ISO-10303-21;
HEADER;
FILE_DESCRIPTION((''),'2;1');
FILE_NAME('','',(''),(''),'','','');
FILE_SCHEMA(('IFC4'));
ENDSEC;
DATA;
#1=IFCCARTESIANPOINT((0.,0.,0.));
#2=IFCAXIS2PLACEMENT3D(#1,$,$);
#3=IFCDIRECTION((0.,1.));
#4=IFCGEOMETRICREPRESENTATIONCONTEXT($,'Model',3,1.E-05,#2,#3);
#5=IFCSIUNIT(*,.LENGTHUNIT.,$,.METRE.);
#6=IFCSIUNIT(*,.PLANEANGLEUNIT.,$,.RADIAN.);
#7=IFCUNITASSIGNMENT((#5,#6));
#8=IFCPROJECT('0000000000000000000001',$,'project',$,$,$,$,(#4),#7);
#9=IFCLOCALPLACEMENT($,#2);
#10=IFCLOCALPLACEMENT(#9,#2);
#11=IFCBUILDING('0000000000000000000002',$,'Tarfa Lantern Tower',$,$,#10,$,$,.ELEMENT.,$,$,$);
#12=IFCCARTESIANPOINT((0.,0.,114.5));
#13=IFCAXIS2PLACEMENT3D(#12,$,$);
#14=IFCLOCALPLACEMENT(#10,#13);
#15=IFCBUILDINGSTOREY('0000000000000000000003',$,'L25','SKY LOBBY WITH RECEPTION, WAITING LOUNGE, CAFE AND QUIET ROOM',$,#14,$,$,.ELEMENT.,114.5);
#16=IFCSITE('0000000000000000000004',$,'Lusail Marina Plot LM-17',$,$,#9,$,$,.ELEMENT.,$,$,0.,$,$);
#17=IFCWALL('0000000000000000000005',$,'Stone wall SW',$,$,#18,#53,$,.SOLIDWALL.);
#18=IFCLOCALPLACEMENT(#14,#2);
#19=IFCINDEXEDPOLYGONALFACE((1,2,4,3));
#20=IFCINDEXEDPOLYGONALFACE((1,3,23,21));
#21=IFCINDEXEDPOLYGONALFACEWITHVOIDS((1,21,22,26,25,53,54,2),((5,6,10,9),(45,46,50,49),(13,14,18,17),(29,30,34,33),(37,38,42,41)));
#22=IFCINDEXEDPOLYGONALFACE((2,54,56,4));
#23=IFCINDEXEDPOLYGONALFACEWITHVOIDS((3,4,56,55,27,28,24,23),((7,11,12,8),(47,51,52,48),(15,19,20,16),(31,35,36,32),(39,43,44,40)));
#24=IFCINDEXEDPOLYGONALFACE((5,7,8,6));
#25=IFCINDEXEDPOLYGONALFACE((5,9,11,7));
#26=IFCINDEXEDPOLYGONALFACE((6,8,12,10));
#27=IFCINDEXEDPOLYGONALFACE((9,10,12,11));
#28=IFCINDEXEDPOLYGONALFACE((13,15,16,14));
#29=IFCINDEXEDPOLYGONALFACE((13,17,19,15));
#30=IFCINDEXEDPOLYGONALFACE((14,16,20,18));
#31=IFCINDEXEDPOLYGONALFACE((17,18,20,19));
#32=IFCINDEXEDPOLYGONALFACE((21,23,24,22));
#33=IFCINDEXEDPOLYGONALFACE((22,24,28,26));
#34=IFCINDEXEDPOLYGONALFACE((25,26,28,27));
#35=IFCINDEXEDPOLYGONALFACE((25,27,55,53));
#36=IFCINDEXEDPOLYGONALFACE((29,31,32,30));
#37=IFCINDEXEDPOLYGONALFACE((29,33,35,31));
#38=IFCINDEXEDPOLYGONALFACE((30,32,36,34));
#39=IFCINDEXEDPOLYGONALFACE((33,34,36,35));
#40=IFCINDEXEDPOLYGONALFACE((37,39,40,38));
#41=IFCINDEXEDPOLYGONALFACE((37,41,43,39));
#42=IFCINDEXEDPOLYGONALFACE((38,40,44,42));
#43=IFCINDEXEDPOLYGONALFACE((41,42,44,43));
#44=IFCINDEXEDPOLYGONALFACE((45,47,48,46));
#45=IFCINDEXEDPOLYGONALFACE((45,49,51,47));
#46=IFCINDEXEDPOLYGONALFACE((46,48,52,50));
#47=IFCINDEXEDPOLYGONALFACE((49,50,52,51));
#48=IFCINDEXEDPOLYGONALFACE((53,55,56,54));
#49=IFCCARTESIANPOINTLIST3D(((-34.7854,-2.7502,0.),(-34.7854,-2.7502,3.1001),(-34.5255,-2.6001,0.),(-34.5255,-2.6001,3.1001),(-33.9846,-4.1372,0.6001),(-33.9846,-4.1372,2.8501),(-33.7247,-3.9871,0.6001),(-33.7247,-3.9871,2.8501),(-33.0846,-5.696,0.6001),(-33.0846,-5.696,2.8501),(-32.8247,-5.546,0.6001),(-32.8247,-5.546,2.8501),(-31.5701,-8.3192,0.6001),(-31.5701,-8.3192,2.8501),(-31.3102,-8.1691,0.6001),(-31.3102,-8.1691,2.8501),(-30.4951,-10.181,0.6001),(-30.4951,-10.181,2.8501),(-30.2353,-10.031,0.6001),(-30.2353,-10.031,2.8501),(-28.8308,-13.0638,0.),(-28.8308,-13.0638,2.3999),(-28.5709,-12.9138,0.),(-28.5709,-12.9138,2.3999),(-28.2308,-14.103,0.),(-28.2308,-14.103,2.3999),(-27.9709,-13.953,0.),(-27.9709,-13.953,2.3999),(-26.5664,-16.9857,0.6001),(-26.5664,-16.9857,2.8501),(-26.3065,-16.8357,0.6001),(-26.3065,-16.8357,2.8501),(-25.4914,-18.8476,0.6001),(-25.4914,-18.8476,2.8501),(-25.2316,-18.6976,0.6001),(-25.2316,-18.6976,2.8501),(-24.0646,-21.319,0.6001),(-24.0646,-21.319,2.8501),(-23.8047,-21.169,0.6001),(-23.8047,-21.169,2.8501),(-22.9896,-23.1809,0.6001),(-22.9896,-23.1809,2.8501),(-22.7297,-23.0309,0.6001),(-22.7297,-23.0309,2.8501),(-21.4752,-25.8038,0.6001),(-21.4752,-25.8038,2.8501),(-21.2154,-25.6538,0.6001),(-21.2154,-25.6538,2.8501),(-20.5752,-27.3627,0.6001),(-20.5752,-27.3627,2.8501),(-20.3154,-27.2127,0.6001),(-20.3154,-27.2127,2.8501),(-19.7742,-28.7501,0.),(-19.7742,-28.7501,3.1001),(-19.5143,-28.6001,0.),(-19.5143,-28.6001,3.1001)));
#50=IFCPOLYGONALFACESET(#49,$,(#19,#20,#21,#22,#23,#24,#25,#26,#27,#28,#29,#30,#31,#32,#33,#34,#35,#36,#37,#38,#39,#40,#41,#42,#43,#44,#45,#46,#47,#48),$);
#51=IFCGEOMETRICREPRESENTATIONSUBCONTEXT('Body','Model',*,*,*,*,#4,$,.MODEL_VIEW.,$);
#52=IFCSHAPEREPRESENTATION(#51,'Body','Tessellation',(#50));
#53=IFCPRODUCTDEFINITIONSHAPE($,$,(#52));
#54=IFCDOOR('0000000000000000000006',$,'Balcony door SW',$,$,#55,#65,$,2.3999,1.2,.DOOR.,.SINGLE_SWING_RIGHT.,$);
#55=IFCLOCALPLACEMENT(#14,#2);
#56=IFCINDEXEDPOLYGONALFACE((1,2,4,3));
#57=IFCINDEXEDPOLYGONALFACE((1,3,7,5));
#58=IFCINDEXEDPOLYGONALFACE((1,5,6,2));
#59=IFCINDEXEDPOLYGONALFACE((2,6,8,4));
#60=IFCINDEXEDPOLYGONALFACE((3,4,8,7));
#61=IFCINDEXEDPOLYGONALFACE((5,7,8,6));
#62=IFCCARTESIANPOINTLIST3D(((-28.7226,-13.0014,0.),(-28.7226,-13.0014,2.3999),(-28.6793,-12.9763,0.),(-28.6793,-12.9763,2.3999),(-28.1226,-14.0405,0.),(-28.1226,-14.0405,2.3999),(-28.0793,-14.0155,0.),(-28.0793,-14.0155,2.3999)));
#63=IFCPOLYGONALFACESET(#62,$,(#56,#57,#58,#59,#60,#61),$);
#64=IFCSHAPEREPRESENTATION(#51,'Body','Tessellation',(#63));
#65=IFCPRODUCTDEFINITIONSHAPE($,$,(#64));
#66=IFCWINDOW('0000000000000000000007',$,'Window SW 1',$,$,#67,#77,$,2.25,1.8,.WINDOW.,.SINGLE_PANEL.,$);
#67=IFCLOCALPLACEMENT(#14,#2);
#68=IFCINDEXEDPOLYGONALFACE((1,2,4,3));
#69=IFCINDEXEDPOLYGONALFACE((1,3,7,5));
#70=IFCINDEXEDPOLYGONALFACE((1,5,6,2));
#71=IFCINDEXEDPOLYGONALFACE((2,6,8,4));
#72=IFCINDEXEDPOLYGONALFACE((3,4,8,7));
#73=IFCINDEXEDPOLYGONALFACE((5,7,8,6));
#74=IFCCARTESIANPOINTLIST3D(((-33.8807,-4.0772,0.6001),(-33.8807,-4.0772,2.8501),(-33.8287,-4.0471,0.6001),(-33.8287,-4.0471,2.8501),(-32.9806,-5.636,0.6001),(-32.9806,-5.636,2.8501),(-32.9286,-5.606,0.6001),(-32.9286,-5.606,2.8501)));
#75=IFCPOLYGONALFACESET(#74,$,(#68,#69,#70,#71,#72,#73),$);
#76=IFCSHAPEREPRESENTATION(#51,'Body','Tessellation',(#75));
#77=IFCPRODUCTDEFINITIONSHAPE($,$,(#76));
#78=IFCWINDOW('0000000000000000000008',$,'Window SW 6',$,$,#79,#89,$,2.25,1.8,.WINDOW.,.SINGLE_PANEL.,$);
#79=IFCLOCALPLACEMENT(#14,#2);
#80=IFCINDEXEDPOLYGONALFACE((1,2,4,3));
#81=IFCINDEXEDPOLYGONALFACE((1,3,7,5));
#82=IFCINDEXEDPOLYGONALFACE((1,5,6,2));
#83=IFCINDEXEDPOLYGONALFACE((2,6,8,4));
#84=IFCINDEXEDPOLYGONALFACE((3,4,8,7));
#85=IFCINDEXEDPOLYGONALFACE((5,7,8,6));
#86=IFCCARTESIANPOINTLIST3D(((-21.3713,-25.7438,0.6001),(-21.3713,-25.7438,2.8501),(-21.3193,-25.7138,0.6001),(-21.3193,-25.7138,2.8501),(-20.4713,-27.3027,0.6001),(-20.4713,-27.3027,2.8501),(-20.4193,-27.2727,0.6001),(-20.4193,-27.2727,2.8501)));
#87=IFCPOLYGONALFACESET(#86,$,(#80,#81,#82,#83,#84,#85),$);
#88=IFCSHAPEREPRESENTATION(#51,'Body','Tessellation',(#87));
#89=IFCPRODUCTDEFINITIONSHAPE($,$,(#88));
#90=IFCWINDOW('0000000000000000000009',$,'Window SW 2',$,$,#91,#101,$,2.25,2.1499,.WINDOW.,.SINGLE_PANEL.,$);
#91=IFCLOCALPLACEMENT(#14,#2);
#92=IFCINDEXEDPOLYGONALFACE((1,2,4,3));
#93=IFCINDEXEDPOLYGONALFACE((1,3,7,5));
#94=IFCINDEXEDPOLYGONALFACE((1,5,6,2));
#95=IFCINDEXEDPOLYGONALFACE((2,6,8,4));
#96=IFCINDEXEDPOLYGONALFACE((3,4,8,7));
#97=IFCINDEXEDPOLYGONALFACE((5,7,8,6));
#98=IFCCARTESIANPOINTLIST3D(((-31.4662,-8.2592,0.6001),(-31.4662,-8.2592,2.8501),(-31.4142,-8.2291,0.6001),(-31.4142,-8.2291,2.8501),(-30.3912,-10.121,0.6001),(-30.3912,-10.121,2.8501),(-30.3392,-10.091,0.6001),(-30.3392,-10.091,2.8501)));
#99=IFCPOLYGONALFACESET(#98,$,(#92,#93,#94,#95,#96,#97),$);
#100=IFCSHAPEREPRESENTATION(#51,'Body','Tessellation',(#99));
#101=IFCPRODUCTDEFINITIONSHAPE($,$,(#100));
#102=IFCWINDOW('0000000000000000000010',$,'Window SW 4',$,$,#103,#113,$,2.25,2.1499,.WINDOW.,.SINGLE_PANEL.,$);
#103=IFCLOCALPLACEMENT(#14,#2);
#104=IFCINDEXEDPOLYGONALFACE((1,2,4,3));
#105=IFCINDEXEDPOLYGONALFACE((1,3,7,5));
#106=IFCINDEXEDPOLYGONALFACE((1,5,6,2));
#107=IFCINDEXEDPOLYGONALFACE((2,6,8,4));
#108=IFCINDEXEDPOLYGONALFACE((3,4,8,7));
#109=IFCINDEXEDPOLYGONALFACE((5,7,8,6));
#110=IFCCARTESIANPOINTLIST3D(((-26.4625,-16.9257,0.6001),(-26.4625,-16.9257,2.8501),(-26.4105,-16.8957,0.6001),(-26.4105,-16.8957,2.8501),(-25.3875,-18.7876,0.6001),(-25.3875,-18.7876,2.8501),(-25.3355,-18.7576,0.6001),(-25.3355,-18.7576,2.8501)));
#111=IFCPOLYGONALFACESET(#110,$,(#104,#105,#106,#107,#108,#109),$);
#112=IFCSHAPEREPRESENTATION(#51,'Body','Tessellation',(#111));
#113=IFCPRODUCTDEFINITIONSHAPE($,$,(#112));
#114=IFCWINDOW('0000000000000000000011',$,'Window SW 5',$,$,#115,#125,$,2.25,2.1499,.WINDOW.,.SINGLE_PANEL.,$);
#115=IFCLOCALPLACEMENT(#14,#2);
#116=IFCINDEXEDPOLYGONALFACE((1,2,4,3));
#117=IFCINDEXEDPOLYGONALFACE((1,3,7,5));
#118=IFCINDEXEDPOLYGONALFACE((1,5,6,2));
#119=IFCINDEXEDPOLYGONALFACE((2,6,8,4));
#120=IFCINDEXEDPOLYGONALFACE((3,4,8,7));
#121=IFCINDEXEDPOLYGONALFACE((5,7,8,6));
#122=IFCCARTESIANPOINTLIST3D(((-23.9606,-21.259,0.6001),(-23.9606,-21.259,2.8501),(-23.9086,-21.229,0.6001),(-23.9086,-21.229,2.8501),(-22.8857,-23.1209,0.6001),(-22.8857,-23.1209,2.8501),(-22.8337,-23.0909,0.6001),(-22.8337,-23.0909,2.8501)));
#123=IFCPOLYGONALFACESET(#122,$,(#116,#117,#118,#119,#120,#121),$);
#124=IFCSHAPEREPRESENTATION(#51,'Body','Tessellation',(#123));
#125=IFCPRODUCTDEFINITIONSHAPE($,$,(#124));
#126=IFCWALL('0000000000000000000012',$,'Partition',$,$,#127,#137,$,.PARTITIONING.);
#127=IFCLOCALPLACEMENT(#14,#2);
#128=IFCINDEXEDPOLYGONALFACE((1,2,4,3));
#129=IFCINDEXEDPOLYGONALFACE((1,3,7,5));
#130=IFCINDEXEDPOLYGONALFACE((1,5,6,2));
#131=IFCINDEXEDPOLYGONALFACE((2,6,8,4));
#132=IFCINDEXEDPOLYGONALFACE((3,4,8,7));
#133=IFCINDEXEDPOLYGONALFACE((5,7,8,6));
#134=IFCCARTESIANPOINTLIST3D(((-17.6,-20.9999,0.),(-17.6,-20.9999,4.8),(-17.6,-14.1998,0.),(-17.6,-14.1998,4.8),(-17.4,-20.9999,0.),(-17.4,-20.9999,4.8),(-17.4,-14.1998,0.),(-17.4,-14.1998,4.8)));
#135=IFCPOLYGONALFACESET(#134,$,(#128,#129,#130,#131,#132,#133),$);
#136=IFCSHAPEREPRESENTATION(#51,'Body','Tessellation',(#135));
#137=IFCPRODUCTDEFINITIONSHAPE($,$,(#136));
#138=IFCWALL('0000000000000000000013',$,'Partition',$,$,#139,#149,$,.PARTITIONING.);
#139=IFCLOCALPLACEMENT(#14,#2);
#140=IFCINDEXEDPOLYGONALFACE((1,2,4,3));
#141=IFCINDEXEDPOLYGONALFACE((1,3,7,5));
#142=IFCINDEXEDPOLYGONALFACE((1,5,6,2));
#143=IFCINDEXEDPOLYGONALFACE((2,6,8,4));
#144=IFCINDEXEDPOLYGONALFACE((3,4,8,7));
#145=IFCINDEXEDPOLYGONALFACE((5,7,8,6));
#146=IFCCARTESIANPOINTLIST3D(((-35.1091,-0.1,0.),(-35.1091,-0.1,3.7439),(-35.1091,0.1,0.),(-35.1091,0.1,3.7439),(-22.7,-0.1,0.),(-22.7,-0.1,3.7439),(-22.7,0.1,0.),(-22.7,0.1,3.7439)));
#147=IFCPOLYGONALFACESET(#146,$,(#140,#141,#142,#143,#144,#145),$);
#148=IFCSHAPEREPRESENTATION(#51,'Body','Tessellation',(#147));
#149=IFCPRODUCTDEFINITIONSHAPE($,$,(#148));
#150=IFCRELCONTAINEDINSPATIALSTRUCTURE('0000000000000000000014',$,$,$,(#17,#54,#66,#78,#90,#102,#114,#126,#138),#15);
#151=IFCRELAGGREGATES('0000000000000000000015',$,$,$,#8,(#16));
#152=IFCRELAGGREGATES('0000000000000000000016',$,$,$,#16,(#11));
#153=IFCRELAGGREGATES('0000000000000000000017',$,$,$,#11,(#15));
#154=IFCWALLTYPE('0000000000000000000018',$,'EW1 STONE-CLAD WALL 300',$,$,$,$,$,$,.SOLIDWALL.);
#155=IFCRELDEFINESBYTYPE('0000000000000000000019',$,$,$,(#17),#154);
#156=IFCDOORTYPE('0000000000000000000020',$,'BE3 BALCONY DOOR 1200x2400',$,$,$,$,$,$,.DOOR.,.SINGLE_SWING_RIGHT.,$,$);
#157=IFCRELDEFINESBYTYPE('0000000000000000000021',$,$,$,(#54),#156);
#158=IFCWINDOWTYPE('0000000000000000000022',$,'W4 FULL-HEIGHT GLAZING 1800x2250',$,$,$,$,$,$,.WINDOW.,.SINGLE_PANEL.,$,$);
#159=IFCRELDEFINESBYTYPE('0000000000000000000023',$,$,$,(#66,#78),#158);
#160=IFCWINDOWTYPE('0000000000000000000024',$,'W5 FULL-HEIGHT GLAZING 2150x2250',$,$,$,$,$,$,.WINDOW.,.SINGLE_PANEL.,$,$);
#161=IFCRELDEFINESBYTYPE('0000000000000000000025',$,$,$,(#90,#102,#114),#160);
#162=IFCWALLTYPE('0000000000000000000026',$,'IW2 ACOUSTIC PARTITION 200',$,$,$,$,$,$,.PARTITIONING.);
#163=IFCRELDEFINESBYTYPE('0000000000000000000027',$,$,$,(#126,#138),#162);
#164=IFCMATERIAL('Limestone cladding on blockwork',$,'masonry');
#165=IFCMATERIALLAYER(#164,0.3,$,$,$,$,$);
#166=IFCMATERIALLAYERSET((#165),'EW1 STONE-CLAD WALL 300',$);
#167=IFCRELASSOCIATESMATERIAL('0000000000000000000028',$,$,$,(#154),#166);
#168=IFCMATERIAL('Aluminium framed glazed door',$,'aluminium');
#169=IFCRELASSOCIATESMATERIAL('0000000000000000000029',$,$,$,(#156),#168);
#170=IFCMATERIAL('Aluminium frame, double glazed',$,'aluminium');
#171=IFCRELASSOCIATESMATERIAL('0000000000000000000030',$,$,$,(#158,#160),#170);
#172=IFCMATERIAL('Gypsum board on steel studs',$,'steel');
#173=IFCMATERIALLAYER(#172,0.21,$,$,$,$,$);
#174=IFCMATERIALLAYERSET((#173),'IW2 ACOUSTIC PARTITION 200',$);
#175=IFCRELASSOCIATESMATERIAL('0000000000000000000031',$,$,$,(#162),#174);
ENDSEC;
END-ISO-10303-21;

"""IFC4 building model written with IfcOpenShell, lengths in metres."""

from ifc_helpers import new_model, si_unit, direction, frame, frame_2d, origin, place, context, subcontext, project, spatial, rectangle, extrude, material, layer, layer_set, type_object, element, fill, save


model = new_model("IFC4")

# Units and contexts
model_context = context("Model", 3, precision=1e-05, world=origin(), true_north=direction((0.0, 1.0)))
body_context = subcontext(model_context, "Body", "Model", "MODEL_VIEW")
ifc_project = project(units=[si_unit("LENGTHUNIT", "METRE"), si_unit("PLANEANGLEUNIT", "RADIAN")], contexts=[model_context])

# Site, building, storey
site_placement = place(None, origin())
site = spatial("IfcSite", under=ifc_project, at=site_placement, Name="Lusail Marina Plot LM-17", CompositionType="ELEMENT", RefElevation=0.0)
building_placement = place(site_placement, origin())
building = spatial("IfcBuilding", under=site, at=building_placement, Name="Tarfa Lantern Tower", CompositionType="ELEMENT")
storey_placement = place(building_placement, frame((0.0, 0.0, 114.5)))
storey = spatial("IfcBuildingStorey", under=building, at=storey_placement, Name="L25", Description="SKY LOBBY WITH RECEPTION, WAITING LOUNGE, CAFE AND QUIET ROOM", CompositionType="ELEMENT", Elevation=114.5)

# Wall, openings, door, windows
ifc_material_1 = material(Name="Limestone cladding on blockwork", Category="masonry")
ifc_layer_1 = layer(ifc_material_1, 0.3)
ifc_layer_set_1 = layer_set([ifc_layer_1], Name="EW1 STONE-CLAD WALL 300")
wall_type_1 = type_object("IfcWallType", Name="EW1 STONE-CLAD WALL 300", PredefinedType="SOLIDWALL", material=ifc_layer_set_1)
wall_1_placement = place(storey_placement, frame((-34.6555, -2.675, 0.0), z_axis=(0.0, 0.0, 1.0), x_axis=(0.500003, -0.866024, 0.0)))
wall_1 = element("IfcWall", 1, at=wall_1_placement, inside=storey, type_object=wall_type_1, Name="Stone wall SW", PredefinedType="SOLIDWALL", context=body_context, shape_type="SweptSolid", body=[
    extrude(rectangle(XDim=30.0222, YDim=0.3, at=frame_2d((15.0112, 0.0))), origin(), (0.0, 0.0, 1.0), 3.1001),
])
opening_1_placement = place(wall_1_placement, frame((1.6018, 0.0, 0.6001)))
opening_1 = element("IfcOpeningElement", 2, at=opening_1_placement, cuts=wall_1, PredefinedType="OPENING", context=body_context, shape_type="SweptSolid", body=[
    extrude(rectangle(XDim=1.8, YDim=2.25, at=frame_2d((0.8999, 1.125))), frame((0.0, 0.1599, 0.0), z_axis=(0.0, -1.0, 0.0), x_axis=(1.0, 0.0, 0.0)), (0.0, 0.0, 1.0), 0.3201),
])
opening_2_placement = place(wall_1_placement, frame((6.4307, 0.0, 0.6001)))
opening_2 = element("IfcOpeningElement", 3, at=opening_2_placement, cuts=wall_1, PredefinedType="OPENING", context=body_context, shape_type="SweptSolid", body=[
    extrude(rectangle(XDim=2.1499, YDim=2.25, at=frame_2d((1.075, 1.125))), frame((0.0, 0.1599, 0.0), z_axis=(0.0, -1.0, 0.0), x_axis=(1.0, 0.0, 0.0)), (0.0, 0.0, 1.0), 0.3201),
])
opening_3_placement = place(wall_1_placement, frame((11.9092, 0.0, 0.0)))
opening_3 = element("IfcOpeningElement", 4, at=opening_3_placement, cuts=wall_1, PredefinedType="OPENING", context=body_context, shape_type="SweptSolid", body=[
    extrude(rectangle(XDim=1.2, YDim=2.3999, at=frame_2d((0.6001, 1.2))), frame((0.0, 0.1599, 0.0), z_axis=(0.0, -1.0, 0.0), x_axis=(1.0, 0.0, 0.0)), (0.0, 0.0, 1.0), 0.3201),
])
opening_4_placement = place(wall_1_placement, frame((16.438, 0.0, 0.6001)))
opening_4 = element("IfcOpeningElement", 5, at=opening_4_placement, cuts=wall_1, PredefinedType="OPENING", context=body_context, shape_type="SweptSolid", body=[
    extrude(rectangle(XDim=2.1499, YDim=2.25, at=frame_2d((1.075, 1.125))), frame((0.0, 0.1599, 0.0), z_axis=(0.0, -1.0, 0.0), x_axis=(1.0, 0.0, 0.0)), (0.0, 0.0, 1.0), 0.3201),
])
opening_5_placement = place(wall_1_placement, frame((21.4417, 0.0, 0.6001)))
opening_5 = element("IfcOpeningElement", 6, at=opening_5_placement, cuts=wall_1, PredefinedType="OPENING", context=body_context, shape_type="SweptSolid", body=[
    extrude(rectangle(XDim=2.1499, YDim=2.25, at=frame_2d((1.075, 1.125))), frame((0.0, 0.1599, 0.0), z_axis=(0.0, -1.0, 0.0), x_axis=(1.0, 0.0, 0.0)), (0.0, 0.0, 1.0), 0.3201),
])
opening_6_placement = place(wall_1_placement, frame((26.6204, 0.0, 0.6001)))
opening_6 = element("IfcOpeningElement", 7, at=opening_6_placement, cuts=wall_1, PredefinedType="OPENING", context=body_context, shape_type="SweptSolid", body=[
    extrude(rectangle(XDim=1.8, YDim=2.25, at=frame_2d((0.8999, 1.125))), frame((0.0, 0.1599, 0.0), z_axis=(0.0, -1.0, 0.0), x_axis=(1.0, 0.0, 0.0)), (0.0, 0.0, 1.0), 0.3201),
])
ifc_material_2 = material(Name="Aluminium framed glazed door", Category="aluminium")
door_type_1 = type_object("IfcDoorType", Name="BE3 BALCONY DOOR 1200x2400", OperationType="SINGLE_SWING_RIGHT", PredefinedType="DOOR", material=ifc_material_2)
door_1_placement = place(opening_3_placement, origin())
door_1 = element("IfcDoor", 8, at=door_1_placement, inside=storey, type_object=door_type_1, Name="Balcony door SW", OperationType="SINGLE_SWING_RIGHT", OverallHeight=2.3999, OverallWidth=1.2, PredefinedType="DOOR", context=body_context, shape_type="SweptSolid", body=[
    extrude(rectangle(XDim=1.2, YDim=2.3999, at=frame_2d((0.6001, 1.2))), frame((0.0, 0.0249, 0.0), z_axis=(0.0, -1.0, 0.0), x_axis=(1.0, 0.0, 0.0)), (0.0, 0.0, 1.0), 0.05),
])
fill(opening_3, door_1)
ifc_material_3 = material(Name="Aluminium frame, double glazed", Category="aluminium")
window_type_1 = type_object("IfcWindowType", Name="W4 FULL-HEIGHT GLAZING 1800x2250", PartitioningType="SINGLE_PANEL", PredefinedType="WINDOW", material=ifc_material_3)
window_1_placement = place(opening_1_placement, origin())
window_1 = element("IfcWindow", 9, at=window_1_placement, inside=storey, type_object=window_type_1, Name="Window SW 1", OverallHeight=2.25, OverallWidth=1.8, PartitioningType="SINGLE_PANEL", PredefinedType="WINDOW", context=body_context, shape_type="SweptSolid", body=[
    extrude(rectangle(XDim=1.8, YDim=2.25, at=frame_2d((0.8999, 1.125))), frame((0.0, 0.03, 0.0), z_axis=(0.0, -1.0, 0.0), x_axis=(1.0, 0.0, 0.0)), (0.0, 0.0, 1.0), 0.0601),
])
fill(opening_1, window_1)
window_2_placement = place(opening_6_placement, origin())
window_2 = element("IfcWindow", 10, at=window_2_placement, inside=storey, type_object=window_type_1, Name="Window SW 6", OverallHeight=2.25, OverallWidth=1.8, PartitioningType="SINGLE_PANEL", PredefinedType="WINDOW", context=body_context, shape_type="SweptSolid", body=[
    extrude(rectangle(XDim=1.8, YDim=2.25, at=frame_2d((0.8999, 1.125))), frame((0.0, 0.03, 0.0), z_axis=(0.0, -1.0, 0.0), x_axis=(1.0, 0.0, 0.0)), (0.0, 0.0, 1.0), 0.0601),
])
fill(opening_6, window_2)
window_type_2 = type_object("IfcWindowType", Name="W5 FULL-HEIGHT GLAZING 2150x2250", PartitioningType="SINGLE_PANEL", PredefinedType="WINDOW", material=ifc_material_3)
window_3_placement = place(opening_2_placement, origin())
window_3 = element("IfcWindow", 11, at=window_3_placement, inside=storey, type_object=window_type_2, Name="Window SW 2", OverallHeight=2.25, OverallWidth=2.1499, PartitioningType="SINGLE_PANEL", PredefinedType="WINDOW", context=body_context, shape_type="SweptSolid", body=[
    extrude(rectangle(XDim=2.1499, YDim=2.25, at=frame_2d((1.075, 1.125))), frame((0.0, 0.03, 0.0), z_axis=(0.0, -1.0, 0.0), x_axis=(1.0, 0.0, 0.0)), (0.0, 0.0, 1.0), 0.0601),
])
fill(opening_2, window_3)
window_4_placement = place(opening_4_placement, origin())
window_4 = element("IfcWindow", 12, at=window_4_placement, inside=storey, type_object=window_type_2, Name="Window SW 4", OverallHeight=2.25, OverallWidth=2.1499, PartitioningType="SINGLE_PANEL", PredefinedType="WINDOW", context=body_context, shape_type="SweptSolid", body=[
    extrude(rectangle(XDim=2.1499, YDim=2.25, at=frame_2d((1.075, 1.125))), frame((0.0, 0.03, 0.0), z_axis=(0.0, -1.0, 0.0), x_axis=(1.0, 0.0, 0.0)), (0.0, 0.0, 1.0), 0.0601),
])
fill(opening_4, window_4)
window_5_placement = place(opening_5_placement, origin())
window_5 = element("IfcWindow", 13, at=window_5_placement, inside=storey, type_object=window_type_2, Name="Window SW 5", OverallHeight=2.25, OverallWidth=2.1499, PartitioningType="SINGLE_PANEL", PredefinedType="WINDOW", context=body_context, shape_type="SweptSolid", body=[
    extrude(rectangle(XDim=2.1499, YDim=2.25, at=frame_2d((1.075, 1.125))), frame((0.0, 0.03, 0.0), z_axis=(0.0, -1.0, 0.0), x_axis=(1.0, 0.0, 0.0)), (0.0, 0.0, 1.0), 0.0601),
])
fill(opening_5, window_5)

# Walls
ifc_material_4 = material(Name="Gypsum board on steel studs", Category="steel")
ifc_layer_2 = layer(ifc_material_4, 0.21)
ifc_layer_set_2 = layer_set([ifc_layer_2], Name="IW2 ACOUSTIC PARTITION 200")
wall_type_2 = type_object("IfcWallType", Name="IW2 ACOUSTIC PARTITION 200", PredefinedType="PARTITIONING", material=ifc_layer_set_2)
wall_2_placement = place(storey_placement, frame((-17.5, -14.2, 0.0), z_axis=(0.0, 0.0, 1.0), x_axis=(0.0, -1.0, 0.0)))
element("IfcWall", 14, at=wall_2_placement, inside=storey, type_object=wall_type_2, Name="Partition", PredefinedType="PARTITIONING", context=body_context, shape_type="SweptSolid", body=[
    extrude(rectangle(XDim=6.8, YDim=0.2, at=frame_2d((3.3999, 0.0))), origin(), (0.0, 0.0, 1.0), 4.8),
])
wall_3_placement = place(storey_placement, frame((-22.7, 0.0, 0.0), z_axis=(0.0, 0.0, 1.0), x_axis=(-1.0, 0.0, 0.0)))
element("IfcWall", 15, at=wall_3_placement, inside=storey, type_object=wall_type_2, Name="Partition", PredefinedType="PARTITIONING", context=body_context, shape_type="SweptSolid", body=[
    extrude(rectangle(XDim=12.4092, YDim=0.2, at=frame_2d((6.2046, 0.0))), origin(), (0.0, 0.0, 1.0), 3.7439),
])

save(model, "model.ifc")
